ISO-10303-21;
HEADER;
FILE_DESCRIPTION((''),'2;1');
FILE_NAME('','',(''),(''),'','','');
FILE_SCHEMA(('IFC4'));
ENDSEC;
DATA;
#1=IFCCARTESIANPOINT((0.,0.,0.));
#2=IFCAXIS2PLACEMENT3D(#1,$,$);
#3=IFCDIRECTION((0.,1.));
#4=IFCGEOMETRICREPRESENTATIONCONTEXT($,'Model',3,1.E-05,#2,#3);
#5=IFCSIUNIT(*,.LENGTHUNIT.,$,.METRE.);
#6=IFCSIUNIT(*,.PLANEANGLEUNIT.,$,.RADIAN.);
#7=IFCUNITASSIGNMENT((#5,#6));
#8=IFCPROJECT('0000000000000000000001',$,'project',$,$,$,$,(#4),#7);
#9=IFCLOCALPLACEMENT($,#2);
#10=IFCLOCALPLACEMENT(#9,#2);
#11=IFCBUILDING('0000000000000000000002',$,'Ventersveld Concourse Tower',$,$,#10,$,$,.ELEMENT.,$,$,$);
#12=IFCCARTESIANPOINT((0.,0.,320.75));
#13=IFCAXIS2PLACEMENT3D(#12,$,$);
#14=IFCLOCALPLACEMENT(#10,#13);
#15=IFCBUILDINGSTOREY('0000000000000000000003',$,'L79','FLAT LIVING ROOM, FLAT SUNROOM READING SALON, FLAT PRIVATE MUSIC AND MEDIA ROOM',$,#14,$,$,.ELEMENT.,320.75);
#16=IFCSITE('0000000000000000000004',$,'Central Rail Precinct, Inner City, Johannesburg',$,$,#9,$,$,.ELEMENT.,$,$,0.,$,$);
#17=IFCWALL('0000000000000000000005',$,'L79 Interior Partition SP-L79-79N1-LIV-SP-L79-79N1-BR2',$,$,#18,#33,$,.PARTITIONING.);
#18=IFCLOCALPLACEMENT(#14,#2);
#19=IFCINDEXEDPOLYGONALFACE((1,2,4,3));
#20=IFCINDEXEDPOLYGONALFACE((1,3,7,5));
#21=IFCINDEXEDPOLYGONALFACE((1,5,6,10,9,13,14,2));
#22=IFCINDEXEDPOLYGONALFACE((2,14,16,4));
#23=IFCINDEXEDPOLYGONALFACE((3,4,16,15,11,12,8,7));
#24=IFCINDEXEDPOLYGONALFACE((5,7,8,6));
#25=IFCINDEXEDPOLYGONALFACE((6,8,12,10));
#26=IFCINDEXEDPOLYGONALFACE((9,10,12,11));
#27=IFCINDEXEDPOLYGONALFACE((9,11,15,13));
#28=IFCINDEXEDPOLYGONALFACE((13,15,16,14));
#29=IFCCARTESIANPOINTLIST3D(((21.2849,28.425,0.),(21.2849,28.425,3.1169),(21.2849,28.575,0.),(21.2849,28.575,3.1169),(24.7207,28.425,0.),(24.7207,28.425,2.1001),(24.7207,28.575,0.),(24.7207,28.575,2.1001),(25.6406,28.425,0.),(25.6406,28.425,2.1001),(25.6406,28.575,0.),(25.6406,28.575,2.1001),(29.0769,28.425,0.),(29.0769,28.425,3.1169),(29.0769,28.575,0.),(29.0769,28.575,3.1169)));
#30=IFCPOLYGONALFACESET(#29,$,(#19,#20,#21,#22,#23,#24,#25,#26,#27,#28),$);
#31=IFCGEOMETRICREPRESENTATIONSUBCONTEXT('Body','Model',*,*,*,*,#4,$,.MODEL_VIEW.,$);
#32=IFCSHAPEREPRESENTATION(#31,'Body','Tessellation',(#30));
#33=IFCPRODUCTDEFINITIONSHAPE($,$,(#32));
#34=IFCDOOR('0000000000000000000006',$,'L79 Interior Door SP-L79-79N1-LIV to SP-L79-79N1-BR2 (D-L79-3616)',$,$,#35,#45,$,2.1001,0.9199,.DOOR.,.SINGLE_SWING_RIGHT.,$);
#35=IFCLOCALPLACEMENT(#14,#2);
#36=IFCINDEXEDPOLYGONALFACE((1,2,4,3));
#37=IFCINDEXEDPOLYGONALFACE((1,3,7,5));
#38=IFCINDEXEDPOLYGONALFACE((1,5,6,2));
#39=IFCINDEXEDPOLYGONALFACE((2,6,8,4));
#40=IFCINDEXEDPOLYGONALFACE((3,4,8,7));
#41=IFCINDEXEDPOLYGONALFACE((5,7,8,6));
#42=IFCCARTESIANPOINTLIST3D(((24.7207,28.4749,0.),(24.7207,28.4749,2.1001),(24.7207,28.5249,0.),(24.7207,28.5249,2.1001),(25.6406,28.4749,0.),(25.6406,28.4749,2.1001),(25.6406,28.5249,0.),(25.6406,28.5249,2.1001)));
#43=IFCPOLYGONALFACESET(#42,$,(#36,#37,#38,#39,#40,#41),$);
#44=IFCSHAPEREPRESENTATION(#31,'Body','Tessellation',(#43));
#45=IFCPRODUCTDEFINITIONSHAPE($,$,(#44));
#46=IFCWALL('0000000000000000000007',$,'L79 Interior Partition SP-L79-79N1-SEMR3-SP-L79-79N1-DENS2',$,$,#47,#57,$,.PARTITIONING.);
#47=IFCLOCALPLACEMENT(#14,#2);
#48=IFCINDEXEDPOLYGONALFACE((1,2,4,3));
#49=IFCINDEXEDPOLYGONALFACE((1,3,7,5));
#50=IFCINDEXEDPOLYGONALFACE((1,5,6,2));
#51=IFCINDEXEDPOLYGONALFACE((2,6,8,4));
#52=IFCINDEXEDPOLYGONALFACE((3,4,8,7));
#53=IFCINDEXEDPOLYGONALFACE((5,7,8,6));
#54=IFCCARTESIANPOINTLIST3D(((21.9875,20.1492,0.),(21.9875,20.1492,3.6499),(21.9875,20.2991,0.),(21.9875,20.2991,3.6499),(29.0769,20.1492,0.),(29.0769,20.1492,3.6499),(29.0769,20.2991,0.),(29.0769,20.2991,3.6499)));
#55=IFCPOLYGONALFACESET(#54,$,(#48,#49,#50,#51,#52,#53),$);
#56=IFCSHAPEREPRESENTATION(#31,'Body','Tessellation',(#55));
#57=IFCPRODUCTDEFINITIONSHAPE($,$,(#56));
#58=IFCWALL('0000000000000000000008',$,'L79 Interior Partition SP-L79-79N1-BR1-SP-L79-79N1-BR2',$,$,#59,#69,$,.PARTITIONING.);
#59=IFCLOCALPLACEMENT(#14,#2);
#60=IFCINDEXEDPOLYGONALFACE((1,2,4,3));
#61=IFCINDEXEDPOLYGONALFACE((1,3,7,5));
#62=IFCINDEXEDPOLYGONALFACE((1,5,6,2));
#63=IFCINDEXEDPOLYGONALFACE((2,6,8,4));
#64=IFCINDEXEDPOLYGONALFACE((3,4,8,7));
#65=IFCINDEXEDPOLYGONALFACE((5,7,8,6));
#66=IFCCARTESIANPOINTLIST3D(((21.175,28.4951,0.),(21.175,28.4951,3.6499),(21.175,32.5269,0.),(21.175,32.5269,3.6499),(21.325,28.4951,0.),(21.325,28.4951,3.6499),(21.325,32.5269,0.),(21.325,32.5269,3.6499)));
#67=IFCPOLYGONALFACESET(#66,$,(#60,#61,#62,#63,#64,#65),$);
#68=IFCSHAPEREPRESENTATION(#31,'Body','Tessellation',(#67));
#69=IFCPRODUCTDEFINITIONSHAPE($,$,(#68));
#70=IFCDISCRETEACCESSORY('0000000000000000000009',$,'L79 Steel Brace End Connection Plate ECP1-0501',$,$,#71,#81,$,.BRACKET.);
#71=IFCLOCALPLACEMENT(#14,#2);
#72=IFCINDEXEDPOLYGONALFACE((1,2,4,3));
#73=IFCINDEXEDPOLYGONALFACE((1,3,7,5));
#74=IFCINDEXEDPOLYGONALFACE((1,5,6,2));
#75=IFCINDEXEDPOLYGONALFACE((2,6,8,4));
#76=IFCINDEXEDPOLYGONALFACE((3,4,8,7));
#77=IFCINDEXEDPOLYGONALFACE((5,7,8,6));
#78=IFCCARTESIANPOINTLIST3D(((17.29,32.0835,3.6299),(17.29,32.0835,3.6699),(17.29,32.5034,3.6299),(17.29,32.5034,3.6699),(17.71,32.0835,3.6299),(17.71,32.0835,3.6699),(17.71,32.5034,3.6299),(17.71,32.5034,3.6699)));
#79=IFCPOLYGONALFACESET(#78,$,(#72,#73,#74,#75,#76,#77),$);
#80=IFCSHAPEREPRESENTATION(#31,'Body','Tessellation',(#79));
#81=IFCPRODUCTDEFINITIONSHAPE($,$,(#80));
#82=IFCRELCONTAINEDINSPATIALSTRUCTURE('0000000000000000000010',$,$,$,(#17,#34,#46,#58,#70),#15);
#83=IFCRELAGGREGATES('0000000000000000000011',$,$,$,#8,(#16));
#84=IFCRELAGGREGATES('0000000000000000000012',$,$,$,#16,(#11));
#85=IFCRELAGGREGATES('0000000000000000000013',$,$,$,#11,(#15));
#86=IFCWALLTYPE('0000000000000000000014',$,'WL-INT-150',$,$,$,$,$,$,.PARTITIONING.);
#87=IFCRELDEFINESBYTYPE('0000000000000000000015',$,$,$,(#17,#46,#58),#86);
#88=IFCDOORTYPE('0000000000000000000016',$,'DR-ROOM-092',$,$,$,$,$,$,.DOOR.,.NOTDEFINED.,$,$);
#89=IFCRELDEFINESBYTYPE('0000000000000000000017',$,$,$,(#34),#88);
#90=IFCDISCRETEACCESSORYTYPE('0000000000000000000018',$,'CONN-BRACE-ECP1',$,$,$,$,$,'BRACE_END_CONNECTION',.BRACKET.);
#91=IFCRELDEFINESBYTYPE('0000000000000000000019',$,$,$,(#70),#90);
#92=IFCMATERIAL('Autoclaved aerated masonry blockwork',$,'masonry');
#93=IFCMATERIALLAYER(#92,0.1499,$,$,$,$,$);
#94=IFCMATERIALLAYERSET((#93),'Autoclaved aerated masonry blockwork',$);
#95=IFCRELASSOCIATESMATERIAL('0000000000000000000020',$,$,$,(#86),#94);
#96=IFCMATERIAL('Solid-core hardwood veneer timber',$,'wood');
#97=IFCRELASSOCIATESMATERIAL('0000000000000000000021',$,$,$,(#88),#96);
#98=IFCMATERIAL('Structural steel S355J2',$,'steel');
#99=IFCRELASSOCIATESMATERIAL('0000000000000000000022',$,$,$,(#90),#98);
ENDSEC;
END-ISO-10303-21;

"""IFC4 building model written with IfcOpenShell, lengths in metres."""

from ifc_helpers import new_model, si_unit, direction, frame, frame_2d, origin, origin_2d, place, context, subcontext, project, spatial, rectangle, extrude, material, layer, layer_set, type_object, element, fill, save


model = new_model("IFC4")

# Units and contexts
model_context = context("Model", 3, precision=1e-05, world=origin(), true_north=direction((0.0, 1.0)))
body_context = subcontext(model_context, "Body", "Model", "MODEL_VIEW")
ifc_project = project(units=[si_unit("LENGTHUNIT", "METRE"), si_unit("PLANEANGLEUNIT", "RADIAN")], contexts=[model_context])

# Site, building, storey
site_placement = place(None, origin())
site = spatial("IfcSite", under=ifc_project, at=site_placement, Name="Central Rail Precinct, Inner City, Johannesburg", CompositionType="ELEMENT", RefElevation=0.0)
building_placement = place(site_placement, origin())
building = spatial("IfcBuilding", under=site, at=building_placement, Name="Ventersveld Concourse Tower", CompositionType="ELEMENT")
storey_placement = place(building_placement, frame((0.0, 0.0, 320.75)))
storey = spatial("IfcBuildingStorey", under=building, at=storey_placement, Name="L79", Description="FLAT LIVING ROOM, FLAT SUNROOM READING SALON, FLAT PRIVATE MUSIC AND MEDIA ROOM", CompositionType="ELEMENT", Elevation=320.75)

# Shared definitions
ifc_material_1 = material(Name="Structural steel S355J2", Category="steel")

# Shared definitions
ifc_material_2 = material(Name="Autoclaved aerated masonry blockwork", Category="masonry")
ifc_layer = layer(ifc_material_2, 0.1499)
ifc_layer_set = layer_set([ifc_layer], Name="Autoclaved aerated masonry blockwork")
wall_type = type_object("IfcWallType", Name="WL-INT-150", PredefinedType="PARTITIONING", material=ifc_layer_set)
ifc_material_3 = material(Name="Solid-core hardwood veneer timber", Category="wood")
door_type = type_object("IfcDoorType", Name="DR-ROOM-092", OperationType="NOTDEFINED", PredefinedType="DOOR", material=ifc_material_3)

# Wall, opening, door
wall_1_placement = place(storey_placement, frame((21.2849, 28.5, 0.0), z_axis=(0.0, 0.0, 1.0), x_axis=(1.0, 0.0, 0.0)))
wall_1 = element("IfcWall", 1, at=wall_1_placement, inside=storey, type_object=wall_type, Name="L79 Interior Partition SP-L79-79N1-LIV-SP-L79-79N1-BR2", PredefinedType="PARTITIONING", context=body_context, shape_type="SweptSolid", body=[
    extrude(rectangle(XDim=7.792, YDim=0.1499, at=frame_2d((3.896, 0.0))), origin(), (0.0, 0.0, 1.0), 3.1169),
])
opening_1_placement = place(wall_1_placement, frame((3.4358, 0.0, 0.0)))
opening_1 = element("IfcOpeningElement", 2, at=opening_1_placement, cuts=wall_1, PredefinedType="OPENING", context=body_context, shape_type="SweptSolid", body=[
    extrude(rectangle(XDim=0.9199, YDim=2.1001, at=frame_2d((0.46, 1.05))), frame((0.0, 0.085, 0.0), z_axis=(0.0, -1.0, 0.0), x_axis=(1.0, 0.0, 0.0)), (0.0, 0.0, 1.0), 0.1699),
])
door_1_placement = place(opening_1_placement, origin())
door_1 = element("IfcDoor", 3, at=door_1_placement, inside=storey, type_object=door_type, Name="L79 Interior Door SP-L79-79N1-LIV to SP-L79-79N1-BR2 (D-L79-3616)", OperationType="SINGLE_SWING_RIGHT", OverallHeight=2.1001, OverallWidth=0.9199, PredefinedType="DOOR", context=body_context, shape_type="SweptSolid", body=[
    extrude(rectangle(XDim=0.9199, YDim=2.1001, at=frame_2d((0.46, 1.05))), frame((0.0, 0.0249, 0.0), z_axis=(0.0, -1.0, 0.0), x_axis=(1.0, 0.0, 0.0)), (0.0, 0.0, 1.0), 0.05),
])
fill(opening_1, door_1)

# Walls
wall_2_placement = place(storey_placement, frame((21.9875, 20.2241, 0.0), z_axis=(0.0, 0.0, 1.0), x_axis=(1.0, 0.0, 0.0)))
element("IfcWall", 4, at=wall_2_placement, inside=storey, type_object=wall_type, Name="L79 Interior Partition SP-L79-79N1-SEMR3-SP-L79-79N1-DENS2", PredefinedType="PARTITIONING", context=body_context, shape_type="SweptSolid", body=[
    extrude(rectangle(XDim=7.0894, YDim=0.1499, at=frame_2d((3.5447, 0.0))), origin(), (0.0, 0.0, 1.0), 3.6499),
])
wall_3_placement = place(storey_placement, frame((21.25, 28.4951, 0.0), z_axis=(0.0, 0.0, 1.0), x_axis=(0.0, 1.0, 0.0)))
element("IfcWall", 5, at=wall_3_placement, inside=storey, type_object=wall_type, Name="L79 Interior Partition SP-L79-79N1-BR1-SP-L79-79N1-BR2", PredefinedType="PARTITIONING", context=body_context, shape_type="SweptSolid", body=[
    extrude(rectangle(XDim=4.0317, YDim=0.1499, at=frame_2d((2.0159, 0.0))), origin(), (0.0, 0.0, 1.0), 3.6499),
])

# Discrete accessory
discrete_accessory_type = type_object("IfcDiscreteAccessoryType", Name="CONN-BRACE-ECP1", ElementType="BRACE_END_CONNECTION", PredefinedType="BRACKET", material=ifc_material_1)
discrete_accessory_placement = place(storey_placement, frame((17.5, 32.2935, 3.6299), z_axis=(0.0, 0.0, 1.0), x_axis=(1.0, 0.0, 0.0)))
element("IfcDiscreteAccessory", 6, at=discrete_accessory_placement, inside=storey, type_object=discrete_accessory_type, Name="L79 Steel Brace End Connection Plate ECP1-0501", PredefinedType="BRACKET", context=body_context, shape_type="SweptSolid", body=[
    extrude(rectangle(XDim=0.4199, YDim=0.4199, at=origin_2d()), origin(), (0.0, 0.0, 1.0), 0.04),
])

save(model, "model.ifc")
